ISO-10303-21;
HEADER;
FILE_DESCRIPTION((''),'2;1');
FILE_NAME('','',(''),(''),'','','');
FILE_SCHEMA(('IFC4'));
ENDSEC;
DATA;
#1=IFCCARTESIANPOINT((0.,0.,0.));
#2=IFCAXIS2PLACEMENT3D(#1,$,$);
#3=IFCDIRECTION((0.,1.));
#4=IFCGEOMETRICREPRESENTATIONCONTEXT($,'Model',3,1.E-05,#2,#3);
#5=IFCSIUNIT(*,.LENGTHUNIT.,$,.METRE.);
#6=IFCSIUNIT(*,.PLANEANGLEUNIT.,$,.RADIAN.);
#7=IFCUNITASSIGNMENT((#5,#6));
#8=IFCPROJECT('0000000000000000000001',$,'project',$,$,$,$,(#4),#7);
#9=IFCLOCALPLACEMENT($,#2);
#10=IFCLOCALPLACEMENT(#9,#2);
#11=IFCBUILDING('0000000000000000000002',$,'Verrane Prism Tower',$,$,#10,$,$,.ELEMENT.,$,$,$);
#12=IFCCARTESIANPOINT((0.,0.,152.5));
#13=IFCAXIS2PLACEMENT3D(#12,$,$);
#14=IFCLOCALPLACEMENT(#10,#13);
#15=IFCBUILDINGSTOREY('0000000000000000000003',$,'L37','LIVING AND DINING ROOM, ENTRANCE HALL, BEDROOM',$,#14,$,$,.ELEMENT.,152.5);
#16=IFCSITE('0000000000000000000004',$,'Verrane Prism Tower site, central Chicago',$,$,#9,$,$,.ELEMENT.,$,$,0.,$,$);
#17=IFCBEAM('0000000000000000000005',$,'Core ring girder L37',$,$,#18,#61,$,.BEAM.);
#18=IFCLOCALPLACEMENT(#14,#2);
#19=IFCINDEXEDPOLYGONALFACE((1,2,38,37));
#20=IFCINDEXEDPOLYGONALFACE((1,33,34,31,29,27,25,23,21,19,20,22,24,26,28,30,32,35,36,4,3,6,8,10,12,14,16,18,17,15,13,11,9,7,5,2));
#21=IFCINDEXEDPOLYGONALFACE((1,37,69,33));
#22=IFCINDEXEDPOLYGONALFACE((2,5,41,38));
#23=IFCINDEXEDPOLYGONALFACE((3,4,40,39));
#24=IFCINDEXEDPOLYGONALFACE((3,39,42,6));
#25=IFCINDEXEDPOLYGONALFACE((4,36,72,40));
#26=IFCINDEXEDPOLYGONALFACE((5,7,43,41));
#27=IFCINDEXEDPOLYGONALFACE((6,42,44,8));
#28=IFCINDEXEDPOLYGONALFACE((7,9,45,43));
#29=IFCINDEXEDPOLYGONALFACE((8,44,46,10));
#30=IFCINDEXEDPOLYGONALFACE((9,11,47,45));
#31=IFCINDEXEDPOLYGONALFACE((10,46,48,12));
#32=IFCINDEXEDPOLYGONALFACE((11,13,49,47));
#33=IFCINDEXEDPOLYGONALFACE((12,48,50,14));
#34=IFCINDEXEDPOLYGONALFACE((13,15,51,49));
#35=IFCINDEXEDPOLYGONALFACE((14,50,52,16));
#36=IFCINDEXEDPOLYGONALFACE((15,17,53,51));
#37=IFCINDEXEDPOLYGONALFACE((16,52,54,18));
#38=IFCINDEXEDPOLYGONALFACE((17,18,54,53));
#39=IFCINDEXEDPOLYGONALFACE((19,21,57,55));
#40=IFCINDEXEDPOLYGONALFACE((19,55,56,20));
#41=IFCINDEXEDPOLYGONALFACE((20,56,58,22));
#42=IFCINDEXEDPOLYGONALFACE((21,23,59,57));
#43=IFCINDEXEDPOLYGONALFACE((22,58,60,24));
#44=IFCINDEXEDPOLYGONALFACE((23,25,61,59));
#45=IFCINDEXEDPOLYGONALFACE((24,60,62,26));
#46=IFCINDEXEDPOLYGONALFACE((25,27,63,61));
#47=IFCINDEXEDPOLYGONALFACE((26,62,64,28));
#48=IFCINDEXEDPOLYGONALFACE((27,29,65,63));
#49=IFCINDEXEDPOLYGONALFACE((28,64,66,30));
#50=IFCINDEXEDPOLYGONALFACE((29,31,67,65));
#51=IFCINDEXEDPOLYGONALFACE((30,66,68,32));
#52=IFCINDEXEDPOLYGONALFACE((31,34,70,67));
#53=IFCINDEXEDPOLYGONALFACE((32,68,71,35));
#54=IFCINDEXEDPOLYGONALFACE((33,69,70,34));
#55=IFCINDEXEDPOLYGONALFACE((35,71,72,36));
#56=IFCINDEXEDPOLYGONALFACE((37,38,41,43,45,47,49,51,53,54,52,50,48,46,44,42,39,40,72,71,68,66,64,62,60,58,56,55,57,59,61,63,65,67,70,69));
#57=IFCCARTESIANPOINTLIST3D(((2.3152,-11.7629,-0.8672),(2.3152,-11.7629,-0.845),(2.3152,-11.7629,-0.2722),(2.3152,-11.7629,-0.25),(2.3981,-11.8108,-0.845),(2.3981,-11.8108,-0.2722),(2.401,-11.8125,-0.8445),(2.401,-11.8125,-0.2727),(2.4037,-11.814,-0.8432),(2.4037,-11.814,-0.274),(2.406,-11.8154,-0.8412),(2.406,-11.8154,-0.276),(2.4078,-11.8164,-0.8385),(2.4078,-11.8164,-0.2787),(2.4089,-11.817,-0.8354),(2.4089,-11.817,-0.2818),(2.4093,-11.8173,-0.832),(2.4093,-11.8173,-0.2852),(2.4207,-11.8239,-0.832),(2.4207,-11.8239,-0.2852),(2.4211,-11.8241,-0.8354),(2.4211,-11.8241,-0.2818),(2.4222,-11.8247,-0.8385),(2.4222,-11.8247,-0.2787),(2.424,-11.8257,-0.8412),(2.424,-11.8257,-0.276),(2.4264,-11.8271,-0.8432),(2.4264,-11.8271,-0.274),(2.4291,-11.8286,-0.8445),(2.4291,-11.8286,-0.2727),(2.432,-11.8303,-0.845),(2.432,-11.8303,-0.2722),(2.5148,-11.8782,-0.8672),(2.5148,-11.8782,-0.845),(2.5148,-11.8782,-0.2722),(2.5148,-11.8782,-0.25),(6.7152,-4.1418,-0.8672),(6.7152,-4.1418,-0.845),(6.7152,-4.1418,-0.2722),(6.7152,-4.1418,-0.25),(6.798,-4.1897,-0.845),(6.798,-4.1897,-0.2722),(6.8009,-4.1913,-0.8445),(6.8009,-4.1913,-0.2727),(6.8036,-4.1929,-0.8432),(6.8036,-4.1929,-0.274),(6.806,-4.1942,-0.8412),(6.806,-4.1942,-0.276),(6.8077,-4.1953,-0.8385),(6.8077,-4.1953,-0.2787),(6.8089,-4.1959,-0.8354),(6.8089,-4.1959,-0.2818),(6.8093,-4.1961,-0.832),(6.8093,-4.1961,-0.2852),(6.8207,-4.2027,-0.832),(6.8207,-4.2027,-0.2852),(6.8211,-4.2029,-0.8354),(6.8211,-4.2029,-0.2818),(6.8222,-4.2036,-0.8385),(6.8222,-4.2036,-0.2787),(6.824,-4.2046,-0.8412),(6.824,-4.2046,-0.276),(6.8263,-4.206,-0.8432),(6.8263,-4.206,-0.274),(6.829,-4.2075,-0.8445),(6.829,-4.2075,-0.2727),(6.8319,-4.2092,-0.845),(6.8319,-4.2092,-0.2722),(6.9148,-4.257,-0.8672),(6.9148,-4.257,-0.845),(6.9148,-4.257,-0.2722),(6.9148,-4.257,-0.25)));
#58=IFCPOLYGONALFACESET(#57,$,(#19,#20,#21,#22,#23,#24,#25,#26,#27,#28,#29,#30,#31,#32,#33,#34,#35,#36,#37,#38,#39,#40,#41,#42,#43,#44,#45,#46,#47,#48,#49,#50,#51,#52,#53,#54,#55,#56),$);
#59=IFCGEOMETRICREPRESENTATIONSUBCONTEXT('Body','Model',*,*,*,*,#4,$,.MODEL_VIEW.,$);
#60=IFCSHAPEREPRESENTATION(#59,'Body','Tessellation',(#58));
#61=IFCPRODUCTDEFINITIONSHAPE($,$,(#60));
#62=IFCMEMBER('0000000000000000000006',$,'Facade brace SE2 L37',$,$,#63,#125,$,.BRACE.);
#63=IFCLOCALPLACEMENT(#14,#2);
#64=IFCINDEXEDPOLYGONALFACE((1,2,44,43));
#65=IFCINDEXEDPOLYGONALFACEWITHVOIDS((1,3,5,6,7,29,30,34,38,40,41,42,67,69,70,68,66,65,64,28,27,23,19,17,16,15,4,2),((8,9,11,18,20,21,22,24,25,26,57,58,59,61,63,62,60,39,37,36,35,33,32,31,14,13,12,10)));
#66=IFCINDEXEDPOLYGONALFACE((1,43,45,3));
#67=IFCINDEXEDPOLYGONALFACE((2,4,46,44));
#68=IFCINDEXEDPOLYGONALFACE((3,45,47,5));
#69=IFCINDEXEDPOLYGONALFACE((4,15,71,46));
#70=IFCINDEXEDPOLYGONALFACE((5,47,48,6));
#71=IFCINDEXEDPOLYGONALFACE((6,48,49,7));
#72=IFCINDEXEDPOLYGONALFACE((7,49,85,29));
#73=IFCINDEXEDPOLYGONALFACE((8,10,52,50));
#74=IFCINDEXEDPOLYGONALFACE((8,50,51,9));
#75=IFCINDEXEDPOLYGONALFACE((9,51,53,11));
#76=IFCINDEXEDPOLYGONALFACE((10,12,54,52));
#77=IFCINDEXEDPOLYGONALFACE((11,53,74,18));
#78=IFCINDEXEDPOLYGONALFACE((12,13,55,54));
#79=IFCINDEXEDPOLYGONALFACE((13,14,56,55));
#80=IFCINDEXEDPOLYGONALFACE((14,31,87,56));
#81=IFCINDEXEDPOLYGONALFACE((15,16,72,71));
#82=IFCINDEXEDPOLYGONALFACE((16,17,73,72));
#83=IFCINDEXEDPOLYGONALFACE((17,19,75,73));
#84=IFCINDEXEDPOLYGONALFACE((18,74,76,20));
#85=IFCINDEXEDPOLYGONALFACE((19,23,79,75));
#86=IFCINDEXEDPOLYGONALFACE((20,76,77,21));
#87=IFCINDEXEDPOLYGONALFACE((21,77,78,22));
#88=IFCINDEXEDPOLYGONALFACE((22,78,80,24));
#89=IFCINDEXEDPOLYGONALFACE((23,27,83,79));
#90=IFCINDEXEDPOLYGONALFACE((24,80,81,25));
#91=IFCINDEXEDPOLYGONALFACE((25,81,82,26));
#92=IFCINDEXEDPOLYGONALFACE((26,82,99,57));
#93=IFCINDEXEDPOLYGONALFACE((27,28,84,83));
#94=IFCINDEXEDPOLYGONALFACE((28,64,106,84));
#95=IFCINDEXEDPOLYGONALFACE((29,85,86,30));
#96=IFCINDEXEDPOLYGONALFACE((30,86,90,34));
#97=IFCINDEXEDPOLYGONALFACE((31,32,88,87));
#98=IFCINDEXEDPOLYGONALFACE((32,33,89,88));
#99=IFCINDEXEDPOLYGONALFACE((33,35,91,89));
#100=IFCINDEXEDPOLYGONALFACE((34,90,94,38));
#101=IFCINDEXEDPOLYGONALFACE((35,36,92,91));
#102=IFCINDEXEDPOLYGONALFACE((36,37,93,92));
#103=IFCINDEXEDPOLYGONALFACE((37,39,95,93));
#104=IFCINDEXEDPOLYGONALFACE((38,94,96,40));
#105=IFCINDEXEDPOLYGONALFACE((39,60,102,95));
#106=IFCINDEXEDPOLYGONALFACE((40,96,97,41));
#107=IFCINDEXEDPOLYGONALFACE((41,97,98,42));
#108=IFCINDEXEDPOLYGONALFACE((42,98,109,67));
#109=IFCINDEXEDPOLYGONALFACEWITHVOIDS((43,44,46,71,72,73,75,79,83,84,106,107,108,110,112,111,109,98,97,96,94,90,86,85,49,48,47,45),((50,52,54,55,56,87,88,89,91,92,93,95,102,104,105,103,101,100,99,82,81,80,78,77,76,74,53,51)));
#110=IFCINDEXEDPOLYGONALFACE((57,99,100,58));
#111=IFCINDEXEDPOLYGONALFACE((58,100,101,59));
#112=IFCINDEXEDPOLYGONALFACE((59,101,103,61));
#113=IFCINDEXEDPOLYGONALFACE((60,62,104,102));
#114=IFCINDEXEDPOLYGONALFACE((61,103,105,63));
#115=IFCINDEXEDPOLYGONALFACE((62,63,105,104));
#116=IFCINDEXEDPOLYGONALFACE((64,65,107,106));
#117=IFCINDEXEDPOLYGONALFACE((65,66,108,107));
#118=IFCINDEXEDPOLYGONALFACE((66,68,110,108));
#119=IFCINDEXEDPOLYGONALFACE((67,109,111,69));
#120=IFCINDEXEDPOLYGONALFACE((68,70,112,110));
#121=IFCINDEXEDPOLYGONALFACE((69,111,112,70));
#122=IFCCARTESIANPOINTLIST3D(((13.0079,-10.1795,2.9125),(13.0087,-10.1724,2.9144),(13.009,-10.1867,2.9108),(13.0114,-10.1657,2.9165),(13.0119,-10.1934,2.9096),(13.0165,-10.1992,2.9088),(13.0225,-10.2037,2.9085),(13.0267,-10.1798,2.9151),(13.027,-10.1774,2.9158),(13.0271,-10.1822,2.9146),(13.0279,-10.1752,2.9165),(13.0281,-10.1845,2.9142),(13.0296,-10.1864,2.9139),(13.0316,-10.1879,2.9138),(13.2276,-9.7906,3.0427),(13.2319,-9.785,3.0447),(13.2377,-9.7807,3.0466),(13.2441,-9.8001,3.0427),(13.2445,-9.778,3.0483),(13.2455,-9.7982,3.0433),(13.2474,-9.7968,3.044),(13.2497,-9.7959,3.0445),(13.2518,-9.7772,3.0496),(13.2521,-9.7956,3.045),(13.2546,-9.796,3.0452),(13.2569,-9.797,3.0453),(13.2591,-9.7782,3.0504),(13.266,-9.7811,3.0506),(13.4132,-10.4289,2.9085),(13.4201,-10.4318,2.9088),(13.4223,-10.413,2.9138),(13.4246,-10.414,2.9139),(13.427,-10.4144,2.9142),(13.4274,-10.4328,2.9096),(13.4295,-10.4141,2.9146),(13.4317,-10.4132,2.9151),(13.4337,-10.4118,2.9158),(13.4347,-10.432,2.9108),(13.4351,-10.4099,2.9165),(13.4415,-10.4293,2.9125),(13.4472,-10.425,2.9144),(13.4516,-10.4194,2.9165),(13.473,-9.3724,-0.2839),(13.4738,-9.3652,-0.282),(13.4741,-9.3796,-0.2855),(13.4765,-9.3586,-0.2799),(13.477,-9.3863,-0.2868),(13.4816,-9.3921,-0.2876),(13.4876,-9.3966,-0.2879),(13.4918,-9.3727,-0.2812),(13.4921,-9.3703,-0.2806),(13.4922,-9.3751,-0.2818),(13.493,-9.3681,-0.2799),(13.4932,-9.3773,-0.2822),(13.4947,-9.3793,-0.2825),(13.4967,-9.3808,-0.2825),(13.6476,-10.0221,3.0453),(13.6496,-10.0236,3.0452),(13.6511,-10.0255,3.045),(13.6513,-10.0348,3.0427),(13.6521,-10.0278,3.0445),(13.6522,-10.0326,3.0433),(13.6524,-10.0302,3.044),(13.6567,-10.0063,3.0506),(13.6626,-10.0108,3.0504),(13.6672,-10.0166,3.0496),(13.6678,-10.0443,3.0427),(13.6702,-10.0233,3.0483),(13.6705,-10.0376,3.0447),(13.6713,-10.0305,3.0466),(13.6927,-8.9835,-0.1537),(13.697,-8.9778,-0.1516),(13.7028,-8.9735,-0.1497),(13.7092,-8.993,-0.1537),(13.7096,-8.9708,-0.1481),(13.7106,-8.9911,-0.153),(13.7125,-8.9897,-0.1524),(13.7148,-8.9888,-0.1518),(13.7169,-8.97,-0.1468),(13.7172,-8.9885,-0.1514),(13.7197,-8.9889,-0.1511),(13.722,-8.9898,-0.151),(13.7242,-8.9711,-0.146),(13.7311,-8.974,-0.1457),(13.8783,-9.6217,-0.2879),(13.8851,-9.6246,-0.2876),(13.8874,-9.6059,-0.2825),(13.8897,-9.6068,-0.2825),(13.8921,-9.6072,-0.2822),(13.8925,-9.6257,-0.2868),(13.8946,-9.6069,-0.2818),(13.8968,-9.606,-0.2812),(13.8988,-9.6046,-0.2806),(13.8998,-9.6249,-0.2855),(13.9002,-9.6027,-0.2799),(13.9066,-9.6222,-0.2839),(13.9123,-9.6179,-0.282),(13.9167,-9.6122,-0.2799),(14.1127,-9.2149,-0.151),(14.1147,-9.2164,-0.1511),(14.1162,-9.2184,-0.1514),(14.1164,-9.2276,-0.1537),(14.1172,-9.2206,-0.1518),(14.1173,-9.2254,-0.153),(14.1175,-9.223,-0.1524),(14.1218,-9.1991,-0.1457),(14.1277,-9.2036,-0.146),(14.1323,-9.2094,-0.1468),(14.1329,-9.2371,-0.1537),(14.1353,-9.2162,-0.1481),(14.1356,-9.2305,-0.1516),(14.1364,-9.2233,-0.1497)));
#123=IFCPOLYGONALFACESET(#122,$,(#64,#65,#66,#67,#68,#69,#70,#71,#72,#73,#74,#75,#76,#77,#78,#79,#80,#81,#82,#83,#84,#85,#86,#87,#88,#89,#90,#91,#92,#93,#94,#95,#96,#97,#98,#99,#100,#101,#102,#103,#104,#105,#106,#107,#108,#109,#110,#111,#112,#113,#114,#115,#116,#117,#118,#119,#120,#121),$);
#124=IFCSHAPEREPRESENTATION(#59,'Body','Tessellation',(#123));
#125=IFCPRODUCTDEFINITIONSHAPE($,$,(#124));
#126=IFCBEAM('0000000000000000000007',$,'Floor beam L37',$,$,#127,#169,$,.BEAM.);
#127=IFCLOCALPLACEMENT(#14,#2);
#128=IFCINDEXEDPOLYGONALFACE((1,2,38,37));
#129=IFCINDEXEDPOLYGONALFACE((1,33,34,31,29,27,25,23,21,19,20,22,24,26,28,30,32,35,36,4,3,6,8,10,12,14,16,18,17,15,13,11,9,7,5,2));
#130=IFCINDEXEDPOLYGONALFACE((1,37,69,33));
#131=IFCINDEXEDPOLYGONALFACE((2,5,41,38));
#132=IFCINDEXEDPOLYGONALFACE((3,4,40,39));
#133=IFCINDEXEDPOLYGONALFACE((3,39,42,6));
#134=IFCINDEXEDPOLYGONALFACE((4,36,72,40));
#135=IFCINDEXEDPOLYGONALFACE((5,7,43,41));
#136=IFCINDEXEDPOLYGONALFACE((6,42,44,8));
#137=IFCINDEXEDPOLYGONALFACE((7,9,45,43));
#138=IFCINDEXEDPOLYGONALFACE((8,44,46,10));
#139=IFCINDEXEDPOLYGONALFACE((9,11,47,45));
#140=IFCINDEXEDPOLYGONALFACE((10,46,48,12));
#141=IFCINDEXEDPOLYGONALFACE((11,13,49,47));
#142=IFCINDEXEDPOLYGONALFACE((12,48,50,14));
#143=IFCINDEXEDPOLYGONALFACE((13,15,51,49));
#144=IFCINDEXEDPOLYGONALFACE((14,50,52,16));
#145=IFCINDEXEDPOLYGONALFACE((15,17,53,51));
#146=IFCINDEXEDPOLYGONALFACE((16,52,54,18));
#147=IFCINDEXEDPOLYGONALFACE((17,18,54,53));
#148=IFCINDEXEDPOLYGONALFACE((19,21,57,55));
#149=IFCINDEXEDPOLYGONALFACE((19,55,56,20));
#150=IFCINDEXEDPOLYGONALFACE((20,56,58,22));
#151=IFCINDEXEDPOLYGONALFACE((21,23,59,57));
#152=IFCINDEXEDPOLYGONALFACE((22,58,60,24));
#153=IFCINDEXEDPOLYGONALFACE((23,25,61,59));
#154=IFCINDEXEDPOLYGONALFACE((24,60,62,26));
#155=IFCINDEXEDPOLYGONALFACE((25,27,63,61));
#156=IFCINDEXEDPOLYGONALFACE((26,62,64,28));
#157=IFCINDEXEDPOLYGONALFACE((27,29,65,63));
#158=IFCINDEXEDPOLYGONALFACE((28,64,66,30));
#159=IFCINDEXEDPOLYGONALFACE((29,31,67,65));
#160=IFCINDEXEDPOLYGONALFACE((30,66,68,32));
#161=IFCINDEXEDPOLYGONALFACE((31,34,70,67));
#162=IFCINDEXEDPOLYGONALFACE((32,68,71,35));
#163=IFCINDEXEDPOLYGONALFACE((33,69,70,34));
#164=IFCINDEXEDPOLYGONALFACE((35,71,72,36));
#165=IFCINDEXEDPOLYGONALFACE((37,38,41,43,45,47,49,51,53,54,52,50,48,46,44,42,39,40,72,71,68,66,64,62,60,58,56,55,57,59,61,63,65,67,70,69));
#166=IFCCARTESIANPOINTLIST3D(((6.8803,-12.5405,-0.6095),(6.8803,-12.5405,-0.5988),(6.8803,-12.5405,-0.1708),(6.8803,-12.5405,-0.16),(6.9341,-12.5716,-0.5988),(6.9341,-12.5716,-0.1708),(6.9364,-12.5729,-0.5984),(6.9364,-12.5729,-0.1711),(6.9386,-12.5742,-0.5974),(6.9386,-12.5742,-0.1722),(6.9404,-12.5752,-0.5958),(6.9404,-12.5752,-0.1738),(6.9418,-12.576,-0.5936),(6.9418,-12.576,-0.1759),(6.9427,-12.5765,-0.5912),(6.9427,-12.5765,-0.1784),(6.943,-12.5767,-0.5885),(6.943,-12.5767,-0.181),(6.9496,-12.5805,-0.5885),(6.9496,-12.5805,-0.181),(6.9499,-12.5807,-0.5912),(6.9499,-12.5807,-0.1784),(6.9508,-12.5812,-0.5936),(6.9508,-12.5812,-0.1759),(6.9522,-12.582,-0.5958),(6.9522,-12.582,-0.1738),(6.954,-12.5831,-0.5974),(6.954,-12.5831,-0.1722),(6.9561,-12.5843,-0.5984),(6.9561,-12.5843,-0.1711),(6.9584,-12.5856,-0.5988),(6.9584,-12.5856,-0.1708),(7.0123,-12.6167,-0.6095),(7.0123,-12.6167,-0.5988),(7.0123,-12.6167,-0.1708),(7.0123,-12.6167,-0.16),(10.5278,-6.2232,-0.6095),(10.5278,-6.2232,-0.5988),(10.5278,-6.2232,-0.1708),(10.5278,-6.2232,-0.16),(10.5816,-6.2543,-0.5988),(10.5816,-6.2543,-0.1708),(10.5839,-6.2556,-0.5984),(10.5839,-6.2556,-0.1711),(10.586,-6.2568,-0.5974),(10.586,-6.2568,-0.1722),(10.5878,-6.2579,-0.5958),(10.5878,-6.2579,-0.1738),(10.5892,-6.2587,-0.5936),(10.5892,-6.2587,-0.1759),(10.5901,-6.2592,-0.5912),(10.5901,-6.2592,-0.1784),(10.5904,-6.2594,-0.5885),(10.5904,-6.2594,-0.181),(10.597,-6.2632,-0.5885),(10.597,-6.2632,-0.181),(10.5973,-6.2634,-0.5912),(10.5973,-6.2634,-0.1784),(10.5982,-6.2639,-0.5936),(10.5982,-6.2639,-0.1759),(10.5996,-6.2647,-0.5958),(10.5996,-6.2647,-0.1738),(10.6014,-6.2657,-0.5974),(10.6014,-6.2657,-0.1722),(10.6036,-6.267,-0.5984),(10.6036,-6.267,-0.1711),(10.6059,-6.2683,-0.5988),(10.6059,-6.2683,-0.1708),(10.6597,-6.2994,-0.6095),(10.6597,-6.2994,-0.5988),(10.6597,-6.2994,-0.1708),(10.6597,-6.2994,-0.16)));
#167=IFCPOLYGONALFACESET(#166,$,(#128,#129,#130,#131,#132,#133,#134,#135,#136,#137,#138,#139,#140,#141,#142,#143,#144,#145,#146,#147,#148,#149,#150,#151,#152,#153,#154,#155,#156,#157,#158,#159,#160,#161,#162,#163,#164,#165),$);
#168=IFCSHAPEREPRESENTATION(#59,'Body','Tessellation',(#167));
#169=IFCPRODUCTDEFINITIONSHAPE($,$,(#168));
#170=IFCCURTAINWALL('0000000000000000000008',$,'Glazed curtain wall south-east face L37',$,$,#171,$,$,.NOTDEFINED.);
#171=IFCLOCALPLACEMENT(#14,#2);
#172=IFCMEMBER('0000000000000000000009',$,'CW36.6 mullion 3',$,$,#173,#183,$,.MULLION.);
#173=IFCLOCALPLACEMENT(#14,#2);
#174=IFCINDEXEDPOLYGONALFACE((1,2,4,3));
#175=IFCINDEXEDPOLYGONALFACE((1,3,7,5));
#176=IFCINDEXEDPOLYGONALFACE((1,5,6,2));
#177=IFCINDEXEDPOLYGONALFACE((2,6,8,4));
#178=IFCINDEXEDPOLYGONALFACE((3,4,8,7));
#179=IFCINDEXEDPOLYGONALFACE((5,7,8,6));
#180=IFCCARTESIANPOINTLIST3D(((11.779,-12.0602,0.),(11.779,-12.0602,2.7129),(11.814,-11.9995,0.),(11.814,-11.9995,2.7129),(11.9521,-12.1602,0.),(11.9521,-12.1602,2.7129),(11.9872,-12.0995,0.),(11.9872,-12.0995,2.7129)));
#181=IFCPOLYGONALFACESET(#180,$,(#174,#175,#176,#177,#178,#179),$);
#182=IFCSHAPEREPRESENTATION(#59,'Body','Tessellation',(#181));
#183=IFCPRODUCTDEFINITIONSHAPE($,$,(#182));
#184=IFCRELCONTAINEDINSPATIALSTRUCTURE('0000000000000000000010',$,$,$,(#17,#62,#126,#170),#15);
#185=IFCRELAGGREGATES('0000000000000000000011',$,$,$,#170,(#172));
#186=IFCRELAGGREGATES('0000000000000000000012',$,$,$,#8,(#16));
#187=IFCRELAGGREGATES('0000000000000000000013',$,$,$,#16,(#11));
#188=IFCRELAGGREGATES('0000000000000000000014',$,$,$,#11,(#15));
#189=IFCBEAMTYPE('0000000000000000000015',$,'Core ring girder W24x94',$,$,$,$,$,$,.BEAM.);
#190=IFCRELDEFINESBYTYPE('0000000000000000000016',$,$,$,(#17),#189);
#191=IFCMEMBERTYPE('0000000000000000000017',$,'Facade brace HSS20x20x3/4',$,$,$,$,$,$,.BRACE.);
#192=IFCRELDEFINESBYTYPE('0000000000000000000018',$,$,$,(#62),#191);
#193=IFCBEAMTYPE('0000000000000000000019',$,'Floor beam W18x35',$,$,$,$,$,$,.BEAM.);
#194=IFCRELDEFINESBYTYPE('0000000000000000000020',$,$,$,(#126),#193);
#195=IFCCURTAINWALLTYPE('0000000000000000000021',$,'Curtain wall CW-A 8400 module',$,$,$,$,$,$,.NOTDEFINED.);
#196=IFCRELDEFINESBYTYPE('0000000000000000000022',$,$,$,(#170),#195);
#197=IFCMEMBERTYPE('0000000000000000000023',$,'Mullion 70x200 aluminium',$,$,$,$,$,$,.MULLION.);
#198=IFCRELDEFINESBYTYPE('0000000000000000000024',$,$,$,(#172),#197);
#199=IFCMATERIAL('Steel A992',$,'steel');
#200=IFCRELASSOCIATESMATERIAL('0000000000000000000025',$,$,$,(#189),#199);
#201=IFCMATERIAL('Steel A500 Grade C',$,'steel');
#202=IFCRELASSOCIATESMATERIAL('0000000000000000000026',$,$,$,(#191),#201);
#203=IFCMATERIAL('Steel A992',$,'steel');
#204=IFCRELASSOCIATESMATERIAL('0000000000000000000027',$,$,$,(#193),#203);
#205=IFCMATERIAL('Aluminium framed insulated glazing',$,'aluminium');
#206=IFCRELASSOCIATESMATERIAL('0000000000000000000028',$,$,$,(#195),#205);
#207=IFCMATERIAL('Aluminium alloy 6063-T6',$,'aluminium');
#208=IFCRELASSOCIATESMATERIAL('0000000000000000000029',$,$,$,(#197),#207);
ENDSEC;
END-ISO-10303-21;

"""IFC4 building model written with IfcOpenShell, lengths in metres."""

from ifc_helpers import new_model, si_unit, direction, frame, origin, origin_2d, place, context, subcontext, project, spatial, rectangle, hollow_rectangle, i_section, extrude, material, material_profile, profile_set, type_object, element, aggregate, save


model = new_model("IFC4")

# Units and contexts
model_context = context("Model", 3, precision=1e-05, world=origin(), true_north=direction((0.0, 1.0)))
body_context = subcontext(model_context, "Body", "Model", "MODEL_VIEW")
ifc_project = project(units=[si_unit("LENGTHUNIT", "METRE"), si_unit("PLANEANGLEUNIT", "RADIAN")], contexts=[model_context])

# Site, building, storey
site_placement = place(None, origin())
site = spatial("IfcSite", under=ifc_project, at=site_placement, Name="Verrane Prism Tower site, central Chicago", CompositionType="ELEMENT", RefElevation=0.0)
building_placement = place(site_placement, origin())
building = spatial("IfcBuilding", under=site, at=building_placement, Name="Verrane Prism Tower", CompositionType="ELEMENT")
storey_placement = place(building_placement, frame((0.0, 0.0, 152.5)))
storey = spatial("IfcBuildingStorey", under=building, at=storey_placement, Name="L37", Description="LIVING AND DINING ROOM, ENTRANCE HALL, BEDROOM", CompositionType="ELEMENT", Elevation=152.5)

# Beam
ifc_material_1 = material(Name="Steel A992", Category="steel")
ifc_material_profile_1 = material_profile(ifc_material_1, i_section(OverallWidth=0.2305, OverallDepth=0.6172, WebThickness=0.0132, FlangeThickness=0.0222, FilletRadius=0.0129, at=origin_2d()), Name="W24x94")
ifc_profile_set_1 = profile_set([ifc_material_profile_1], Name="Steel A992")
beam_type_1 = type_object("IfcBeamType", Name="Core ring girder W24x94", PredefinedType="BEAM", material=ifc_profile_set_1)
beam_1_placement = place(storey_placement, frame((2.415, -11.8206, -0.5586), z_axis=(0.499988, 0.866032, 0.0), x_axis=(-0.866032, 0.499988, 0.0)))
element("IfcBeam", 1, at=beam_1_placement, inside=storey, type_object=beam_type_1, Name="Core ring girder L37", PredefinedType="BEAM", context=body_context, shape_type="SweptSolid", body=[
    extrude(i_section(OverallWidth=0.2305, OverallDepth=0.6172, WebThickness=0.0132, FlangeThickness=0.0222, FilletRadius=0.0129, at=origin_2d()), origin(), (0.0, 0.0, 1.0), 8.8),
])

# Member
ifc_material_2 = material(Name="Steel A500 Grade C", Category="steel")
ifc_material_profile_2 = material_profile(ifc_material_2, hollow_rectangle(XDim=0.5081, YDim=0.5081, WallThickness=0.019, InnerFilletRadius=0.0095, OuterFilletRadius=0.0286, at=origin_2d()), Name="HSS20x20x3/4")
ifc_profile_set_2 = profile_set([ifc_material_profile_2], Name="Steel A500 Grade C")
member_type_1 = type_object("IfcMemberType", Name="Facade brace HSS20x20x3/4", PredefinedType="BRACE", material=ifc_profile_set_2)
member_1_placement = place(storey_placement, frame((13.8047, -9.2979, -0.2168), z_axis=(-0.139697, -0.242434, 0.960058), x_axis=(0.866447, -0.499269, 0.0)))
element("IfcMember", 2, at=member_1_placement, inside=storey, type_object=member_type_1, Name="Facade brace SE2 L37", PredefinedType="BRACE", context=body_context, shape_type="SweptSolid", body=[
    extrude(hollow_rectangle(XDim=0.5081, YDim=0.5081, WallThickness=0.019, InnerFilletRadius=0.0095, OuterFilletRadius=0.0286, at=origin_2d()), origin(), (0.0, 0.0, 1.0), 3.3293),
])

# Beam
ifc_material_3 = material(Name="Steel A992", Category="steel")
ifc_material_profile_3 = material_profile(ifc_material_3, i_section(OverallWidth=0.1523, OverallDepth=0.4495, WebThickness=0.0076, FlangeThickness=0.0107, FilletRadius=0.0103, at=origin_2d()), Name="W18x35")
ifc_profile_set_3 = profile_set([ifc_material_profile_3], Name="Steel A992")
beam_type_2 = type_object("IfcBeamType", Name="Floor beam W18x35", PredefinedType="BEAM", material=ifc_profile_set_3)
beam_2_placement = place(storey_placement, frame((6.9463, -12.5786, -0.3848), z_axis=(0.500012, 0.866018, 0.0), x_axis=(-0.866018, 0.500012, 0.0)))
element("IfcBeam", 3, at=beam_2_placement, inside=storey, type_object=beam_type_2, Name="Floor beam L37", PredefinedType="BEAM", context=body_context, shape_type="SweptSolid", body=[
    extrude(i_section(OverallWidth=0.1523, OverallDepth=0.4495, WebThickness=0.0076, FlangeThickness=0.0107, FilletRadius=0.0103, at=origin_2d()), origin(), (0.0, 0.0, 1.0), 7.2947),
])

# Curtain wall, member
ifc_material_4 = material(Name="Aluminium framed insulated glazing", Category="aluminium")
curtain_wall_type = type_object("IfcCurtainWallType", Name="Curtain wall CW-A 8400 module", PredefinedType="NOTDEFINED", material=ifc_material_4)
curtain_wall_placement = place(storey_placement, origin())
curtain_wall = element("IfcCurtainWall", 4, at=curtain_wall_placement, inside=storey, type_object=curtain_wall_type, Name="Glazed curtain wall south-east face L37", PredefinedType="NOTDEFINED")
ifc_material_5 = material(Name="Aluminium alloy 6063-T6", Category="aluminium")
ifc_material_profile_4 = material_profile(ifc_material_5, rectangle(XDim=0.2, YDim=0.0701, at=origin_2d()), Name="Mullion 70x200 aluminium")
ifc_profile_set_4 = profile_set([ifc_material_profile_4], Name="Aluminium alloy 6063-T6")
member_type_2 = type_object("IfcMemberType", Name="Mullion 70x200 aluminium", PredefinedType="MULLION", material=ifc_profile_set_4)
member_2_placement = place(storey_placement, frame((11.8831, -12.0798, 0.0), z_axis=(0.0, 0.0, 1.0), x_axis=(-0.866025, 0.500001, 0.0)))
member_2 = element("IfcMember", 5, at=member_2_placement, type_object=member_type_2, Name="CW36.6 mullion 3", PredefinedType="MULLION", context=body_context, shape_type="SweptSolid", body=[
    extrude(rectangle(XDim=0.2, YDim=0.0701, at=origin_2d()), origin(), (0.0, 0.0, 1.0), 2.7129),
])

aggregate(curtain_wall, [member_2])

save(model, "model.ifc")
